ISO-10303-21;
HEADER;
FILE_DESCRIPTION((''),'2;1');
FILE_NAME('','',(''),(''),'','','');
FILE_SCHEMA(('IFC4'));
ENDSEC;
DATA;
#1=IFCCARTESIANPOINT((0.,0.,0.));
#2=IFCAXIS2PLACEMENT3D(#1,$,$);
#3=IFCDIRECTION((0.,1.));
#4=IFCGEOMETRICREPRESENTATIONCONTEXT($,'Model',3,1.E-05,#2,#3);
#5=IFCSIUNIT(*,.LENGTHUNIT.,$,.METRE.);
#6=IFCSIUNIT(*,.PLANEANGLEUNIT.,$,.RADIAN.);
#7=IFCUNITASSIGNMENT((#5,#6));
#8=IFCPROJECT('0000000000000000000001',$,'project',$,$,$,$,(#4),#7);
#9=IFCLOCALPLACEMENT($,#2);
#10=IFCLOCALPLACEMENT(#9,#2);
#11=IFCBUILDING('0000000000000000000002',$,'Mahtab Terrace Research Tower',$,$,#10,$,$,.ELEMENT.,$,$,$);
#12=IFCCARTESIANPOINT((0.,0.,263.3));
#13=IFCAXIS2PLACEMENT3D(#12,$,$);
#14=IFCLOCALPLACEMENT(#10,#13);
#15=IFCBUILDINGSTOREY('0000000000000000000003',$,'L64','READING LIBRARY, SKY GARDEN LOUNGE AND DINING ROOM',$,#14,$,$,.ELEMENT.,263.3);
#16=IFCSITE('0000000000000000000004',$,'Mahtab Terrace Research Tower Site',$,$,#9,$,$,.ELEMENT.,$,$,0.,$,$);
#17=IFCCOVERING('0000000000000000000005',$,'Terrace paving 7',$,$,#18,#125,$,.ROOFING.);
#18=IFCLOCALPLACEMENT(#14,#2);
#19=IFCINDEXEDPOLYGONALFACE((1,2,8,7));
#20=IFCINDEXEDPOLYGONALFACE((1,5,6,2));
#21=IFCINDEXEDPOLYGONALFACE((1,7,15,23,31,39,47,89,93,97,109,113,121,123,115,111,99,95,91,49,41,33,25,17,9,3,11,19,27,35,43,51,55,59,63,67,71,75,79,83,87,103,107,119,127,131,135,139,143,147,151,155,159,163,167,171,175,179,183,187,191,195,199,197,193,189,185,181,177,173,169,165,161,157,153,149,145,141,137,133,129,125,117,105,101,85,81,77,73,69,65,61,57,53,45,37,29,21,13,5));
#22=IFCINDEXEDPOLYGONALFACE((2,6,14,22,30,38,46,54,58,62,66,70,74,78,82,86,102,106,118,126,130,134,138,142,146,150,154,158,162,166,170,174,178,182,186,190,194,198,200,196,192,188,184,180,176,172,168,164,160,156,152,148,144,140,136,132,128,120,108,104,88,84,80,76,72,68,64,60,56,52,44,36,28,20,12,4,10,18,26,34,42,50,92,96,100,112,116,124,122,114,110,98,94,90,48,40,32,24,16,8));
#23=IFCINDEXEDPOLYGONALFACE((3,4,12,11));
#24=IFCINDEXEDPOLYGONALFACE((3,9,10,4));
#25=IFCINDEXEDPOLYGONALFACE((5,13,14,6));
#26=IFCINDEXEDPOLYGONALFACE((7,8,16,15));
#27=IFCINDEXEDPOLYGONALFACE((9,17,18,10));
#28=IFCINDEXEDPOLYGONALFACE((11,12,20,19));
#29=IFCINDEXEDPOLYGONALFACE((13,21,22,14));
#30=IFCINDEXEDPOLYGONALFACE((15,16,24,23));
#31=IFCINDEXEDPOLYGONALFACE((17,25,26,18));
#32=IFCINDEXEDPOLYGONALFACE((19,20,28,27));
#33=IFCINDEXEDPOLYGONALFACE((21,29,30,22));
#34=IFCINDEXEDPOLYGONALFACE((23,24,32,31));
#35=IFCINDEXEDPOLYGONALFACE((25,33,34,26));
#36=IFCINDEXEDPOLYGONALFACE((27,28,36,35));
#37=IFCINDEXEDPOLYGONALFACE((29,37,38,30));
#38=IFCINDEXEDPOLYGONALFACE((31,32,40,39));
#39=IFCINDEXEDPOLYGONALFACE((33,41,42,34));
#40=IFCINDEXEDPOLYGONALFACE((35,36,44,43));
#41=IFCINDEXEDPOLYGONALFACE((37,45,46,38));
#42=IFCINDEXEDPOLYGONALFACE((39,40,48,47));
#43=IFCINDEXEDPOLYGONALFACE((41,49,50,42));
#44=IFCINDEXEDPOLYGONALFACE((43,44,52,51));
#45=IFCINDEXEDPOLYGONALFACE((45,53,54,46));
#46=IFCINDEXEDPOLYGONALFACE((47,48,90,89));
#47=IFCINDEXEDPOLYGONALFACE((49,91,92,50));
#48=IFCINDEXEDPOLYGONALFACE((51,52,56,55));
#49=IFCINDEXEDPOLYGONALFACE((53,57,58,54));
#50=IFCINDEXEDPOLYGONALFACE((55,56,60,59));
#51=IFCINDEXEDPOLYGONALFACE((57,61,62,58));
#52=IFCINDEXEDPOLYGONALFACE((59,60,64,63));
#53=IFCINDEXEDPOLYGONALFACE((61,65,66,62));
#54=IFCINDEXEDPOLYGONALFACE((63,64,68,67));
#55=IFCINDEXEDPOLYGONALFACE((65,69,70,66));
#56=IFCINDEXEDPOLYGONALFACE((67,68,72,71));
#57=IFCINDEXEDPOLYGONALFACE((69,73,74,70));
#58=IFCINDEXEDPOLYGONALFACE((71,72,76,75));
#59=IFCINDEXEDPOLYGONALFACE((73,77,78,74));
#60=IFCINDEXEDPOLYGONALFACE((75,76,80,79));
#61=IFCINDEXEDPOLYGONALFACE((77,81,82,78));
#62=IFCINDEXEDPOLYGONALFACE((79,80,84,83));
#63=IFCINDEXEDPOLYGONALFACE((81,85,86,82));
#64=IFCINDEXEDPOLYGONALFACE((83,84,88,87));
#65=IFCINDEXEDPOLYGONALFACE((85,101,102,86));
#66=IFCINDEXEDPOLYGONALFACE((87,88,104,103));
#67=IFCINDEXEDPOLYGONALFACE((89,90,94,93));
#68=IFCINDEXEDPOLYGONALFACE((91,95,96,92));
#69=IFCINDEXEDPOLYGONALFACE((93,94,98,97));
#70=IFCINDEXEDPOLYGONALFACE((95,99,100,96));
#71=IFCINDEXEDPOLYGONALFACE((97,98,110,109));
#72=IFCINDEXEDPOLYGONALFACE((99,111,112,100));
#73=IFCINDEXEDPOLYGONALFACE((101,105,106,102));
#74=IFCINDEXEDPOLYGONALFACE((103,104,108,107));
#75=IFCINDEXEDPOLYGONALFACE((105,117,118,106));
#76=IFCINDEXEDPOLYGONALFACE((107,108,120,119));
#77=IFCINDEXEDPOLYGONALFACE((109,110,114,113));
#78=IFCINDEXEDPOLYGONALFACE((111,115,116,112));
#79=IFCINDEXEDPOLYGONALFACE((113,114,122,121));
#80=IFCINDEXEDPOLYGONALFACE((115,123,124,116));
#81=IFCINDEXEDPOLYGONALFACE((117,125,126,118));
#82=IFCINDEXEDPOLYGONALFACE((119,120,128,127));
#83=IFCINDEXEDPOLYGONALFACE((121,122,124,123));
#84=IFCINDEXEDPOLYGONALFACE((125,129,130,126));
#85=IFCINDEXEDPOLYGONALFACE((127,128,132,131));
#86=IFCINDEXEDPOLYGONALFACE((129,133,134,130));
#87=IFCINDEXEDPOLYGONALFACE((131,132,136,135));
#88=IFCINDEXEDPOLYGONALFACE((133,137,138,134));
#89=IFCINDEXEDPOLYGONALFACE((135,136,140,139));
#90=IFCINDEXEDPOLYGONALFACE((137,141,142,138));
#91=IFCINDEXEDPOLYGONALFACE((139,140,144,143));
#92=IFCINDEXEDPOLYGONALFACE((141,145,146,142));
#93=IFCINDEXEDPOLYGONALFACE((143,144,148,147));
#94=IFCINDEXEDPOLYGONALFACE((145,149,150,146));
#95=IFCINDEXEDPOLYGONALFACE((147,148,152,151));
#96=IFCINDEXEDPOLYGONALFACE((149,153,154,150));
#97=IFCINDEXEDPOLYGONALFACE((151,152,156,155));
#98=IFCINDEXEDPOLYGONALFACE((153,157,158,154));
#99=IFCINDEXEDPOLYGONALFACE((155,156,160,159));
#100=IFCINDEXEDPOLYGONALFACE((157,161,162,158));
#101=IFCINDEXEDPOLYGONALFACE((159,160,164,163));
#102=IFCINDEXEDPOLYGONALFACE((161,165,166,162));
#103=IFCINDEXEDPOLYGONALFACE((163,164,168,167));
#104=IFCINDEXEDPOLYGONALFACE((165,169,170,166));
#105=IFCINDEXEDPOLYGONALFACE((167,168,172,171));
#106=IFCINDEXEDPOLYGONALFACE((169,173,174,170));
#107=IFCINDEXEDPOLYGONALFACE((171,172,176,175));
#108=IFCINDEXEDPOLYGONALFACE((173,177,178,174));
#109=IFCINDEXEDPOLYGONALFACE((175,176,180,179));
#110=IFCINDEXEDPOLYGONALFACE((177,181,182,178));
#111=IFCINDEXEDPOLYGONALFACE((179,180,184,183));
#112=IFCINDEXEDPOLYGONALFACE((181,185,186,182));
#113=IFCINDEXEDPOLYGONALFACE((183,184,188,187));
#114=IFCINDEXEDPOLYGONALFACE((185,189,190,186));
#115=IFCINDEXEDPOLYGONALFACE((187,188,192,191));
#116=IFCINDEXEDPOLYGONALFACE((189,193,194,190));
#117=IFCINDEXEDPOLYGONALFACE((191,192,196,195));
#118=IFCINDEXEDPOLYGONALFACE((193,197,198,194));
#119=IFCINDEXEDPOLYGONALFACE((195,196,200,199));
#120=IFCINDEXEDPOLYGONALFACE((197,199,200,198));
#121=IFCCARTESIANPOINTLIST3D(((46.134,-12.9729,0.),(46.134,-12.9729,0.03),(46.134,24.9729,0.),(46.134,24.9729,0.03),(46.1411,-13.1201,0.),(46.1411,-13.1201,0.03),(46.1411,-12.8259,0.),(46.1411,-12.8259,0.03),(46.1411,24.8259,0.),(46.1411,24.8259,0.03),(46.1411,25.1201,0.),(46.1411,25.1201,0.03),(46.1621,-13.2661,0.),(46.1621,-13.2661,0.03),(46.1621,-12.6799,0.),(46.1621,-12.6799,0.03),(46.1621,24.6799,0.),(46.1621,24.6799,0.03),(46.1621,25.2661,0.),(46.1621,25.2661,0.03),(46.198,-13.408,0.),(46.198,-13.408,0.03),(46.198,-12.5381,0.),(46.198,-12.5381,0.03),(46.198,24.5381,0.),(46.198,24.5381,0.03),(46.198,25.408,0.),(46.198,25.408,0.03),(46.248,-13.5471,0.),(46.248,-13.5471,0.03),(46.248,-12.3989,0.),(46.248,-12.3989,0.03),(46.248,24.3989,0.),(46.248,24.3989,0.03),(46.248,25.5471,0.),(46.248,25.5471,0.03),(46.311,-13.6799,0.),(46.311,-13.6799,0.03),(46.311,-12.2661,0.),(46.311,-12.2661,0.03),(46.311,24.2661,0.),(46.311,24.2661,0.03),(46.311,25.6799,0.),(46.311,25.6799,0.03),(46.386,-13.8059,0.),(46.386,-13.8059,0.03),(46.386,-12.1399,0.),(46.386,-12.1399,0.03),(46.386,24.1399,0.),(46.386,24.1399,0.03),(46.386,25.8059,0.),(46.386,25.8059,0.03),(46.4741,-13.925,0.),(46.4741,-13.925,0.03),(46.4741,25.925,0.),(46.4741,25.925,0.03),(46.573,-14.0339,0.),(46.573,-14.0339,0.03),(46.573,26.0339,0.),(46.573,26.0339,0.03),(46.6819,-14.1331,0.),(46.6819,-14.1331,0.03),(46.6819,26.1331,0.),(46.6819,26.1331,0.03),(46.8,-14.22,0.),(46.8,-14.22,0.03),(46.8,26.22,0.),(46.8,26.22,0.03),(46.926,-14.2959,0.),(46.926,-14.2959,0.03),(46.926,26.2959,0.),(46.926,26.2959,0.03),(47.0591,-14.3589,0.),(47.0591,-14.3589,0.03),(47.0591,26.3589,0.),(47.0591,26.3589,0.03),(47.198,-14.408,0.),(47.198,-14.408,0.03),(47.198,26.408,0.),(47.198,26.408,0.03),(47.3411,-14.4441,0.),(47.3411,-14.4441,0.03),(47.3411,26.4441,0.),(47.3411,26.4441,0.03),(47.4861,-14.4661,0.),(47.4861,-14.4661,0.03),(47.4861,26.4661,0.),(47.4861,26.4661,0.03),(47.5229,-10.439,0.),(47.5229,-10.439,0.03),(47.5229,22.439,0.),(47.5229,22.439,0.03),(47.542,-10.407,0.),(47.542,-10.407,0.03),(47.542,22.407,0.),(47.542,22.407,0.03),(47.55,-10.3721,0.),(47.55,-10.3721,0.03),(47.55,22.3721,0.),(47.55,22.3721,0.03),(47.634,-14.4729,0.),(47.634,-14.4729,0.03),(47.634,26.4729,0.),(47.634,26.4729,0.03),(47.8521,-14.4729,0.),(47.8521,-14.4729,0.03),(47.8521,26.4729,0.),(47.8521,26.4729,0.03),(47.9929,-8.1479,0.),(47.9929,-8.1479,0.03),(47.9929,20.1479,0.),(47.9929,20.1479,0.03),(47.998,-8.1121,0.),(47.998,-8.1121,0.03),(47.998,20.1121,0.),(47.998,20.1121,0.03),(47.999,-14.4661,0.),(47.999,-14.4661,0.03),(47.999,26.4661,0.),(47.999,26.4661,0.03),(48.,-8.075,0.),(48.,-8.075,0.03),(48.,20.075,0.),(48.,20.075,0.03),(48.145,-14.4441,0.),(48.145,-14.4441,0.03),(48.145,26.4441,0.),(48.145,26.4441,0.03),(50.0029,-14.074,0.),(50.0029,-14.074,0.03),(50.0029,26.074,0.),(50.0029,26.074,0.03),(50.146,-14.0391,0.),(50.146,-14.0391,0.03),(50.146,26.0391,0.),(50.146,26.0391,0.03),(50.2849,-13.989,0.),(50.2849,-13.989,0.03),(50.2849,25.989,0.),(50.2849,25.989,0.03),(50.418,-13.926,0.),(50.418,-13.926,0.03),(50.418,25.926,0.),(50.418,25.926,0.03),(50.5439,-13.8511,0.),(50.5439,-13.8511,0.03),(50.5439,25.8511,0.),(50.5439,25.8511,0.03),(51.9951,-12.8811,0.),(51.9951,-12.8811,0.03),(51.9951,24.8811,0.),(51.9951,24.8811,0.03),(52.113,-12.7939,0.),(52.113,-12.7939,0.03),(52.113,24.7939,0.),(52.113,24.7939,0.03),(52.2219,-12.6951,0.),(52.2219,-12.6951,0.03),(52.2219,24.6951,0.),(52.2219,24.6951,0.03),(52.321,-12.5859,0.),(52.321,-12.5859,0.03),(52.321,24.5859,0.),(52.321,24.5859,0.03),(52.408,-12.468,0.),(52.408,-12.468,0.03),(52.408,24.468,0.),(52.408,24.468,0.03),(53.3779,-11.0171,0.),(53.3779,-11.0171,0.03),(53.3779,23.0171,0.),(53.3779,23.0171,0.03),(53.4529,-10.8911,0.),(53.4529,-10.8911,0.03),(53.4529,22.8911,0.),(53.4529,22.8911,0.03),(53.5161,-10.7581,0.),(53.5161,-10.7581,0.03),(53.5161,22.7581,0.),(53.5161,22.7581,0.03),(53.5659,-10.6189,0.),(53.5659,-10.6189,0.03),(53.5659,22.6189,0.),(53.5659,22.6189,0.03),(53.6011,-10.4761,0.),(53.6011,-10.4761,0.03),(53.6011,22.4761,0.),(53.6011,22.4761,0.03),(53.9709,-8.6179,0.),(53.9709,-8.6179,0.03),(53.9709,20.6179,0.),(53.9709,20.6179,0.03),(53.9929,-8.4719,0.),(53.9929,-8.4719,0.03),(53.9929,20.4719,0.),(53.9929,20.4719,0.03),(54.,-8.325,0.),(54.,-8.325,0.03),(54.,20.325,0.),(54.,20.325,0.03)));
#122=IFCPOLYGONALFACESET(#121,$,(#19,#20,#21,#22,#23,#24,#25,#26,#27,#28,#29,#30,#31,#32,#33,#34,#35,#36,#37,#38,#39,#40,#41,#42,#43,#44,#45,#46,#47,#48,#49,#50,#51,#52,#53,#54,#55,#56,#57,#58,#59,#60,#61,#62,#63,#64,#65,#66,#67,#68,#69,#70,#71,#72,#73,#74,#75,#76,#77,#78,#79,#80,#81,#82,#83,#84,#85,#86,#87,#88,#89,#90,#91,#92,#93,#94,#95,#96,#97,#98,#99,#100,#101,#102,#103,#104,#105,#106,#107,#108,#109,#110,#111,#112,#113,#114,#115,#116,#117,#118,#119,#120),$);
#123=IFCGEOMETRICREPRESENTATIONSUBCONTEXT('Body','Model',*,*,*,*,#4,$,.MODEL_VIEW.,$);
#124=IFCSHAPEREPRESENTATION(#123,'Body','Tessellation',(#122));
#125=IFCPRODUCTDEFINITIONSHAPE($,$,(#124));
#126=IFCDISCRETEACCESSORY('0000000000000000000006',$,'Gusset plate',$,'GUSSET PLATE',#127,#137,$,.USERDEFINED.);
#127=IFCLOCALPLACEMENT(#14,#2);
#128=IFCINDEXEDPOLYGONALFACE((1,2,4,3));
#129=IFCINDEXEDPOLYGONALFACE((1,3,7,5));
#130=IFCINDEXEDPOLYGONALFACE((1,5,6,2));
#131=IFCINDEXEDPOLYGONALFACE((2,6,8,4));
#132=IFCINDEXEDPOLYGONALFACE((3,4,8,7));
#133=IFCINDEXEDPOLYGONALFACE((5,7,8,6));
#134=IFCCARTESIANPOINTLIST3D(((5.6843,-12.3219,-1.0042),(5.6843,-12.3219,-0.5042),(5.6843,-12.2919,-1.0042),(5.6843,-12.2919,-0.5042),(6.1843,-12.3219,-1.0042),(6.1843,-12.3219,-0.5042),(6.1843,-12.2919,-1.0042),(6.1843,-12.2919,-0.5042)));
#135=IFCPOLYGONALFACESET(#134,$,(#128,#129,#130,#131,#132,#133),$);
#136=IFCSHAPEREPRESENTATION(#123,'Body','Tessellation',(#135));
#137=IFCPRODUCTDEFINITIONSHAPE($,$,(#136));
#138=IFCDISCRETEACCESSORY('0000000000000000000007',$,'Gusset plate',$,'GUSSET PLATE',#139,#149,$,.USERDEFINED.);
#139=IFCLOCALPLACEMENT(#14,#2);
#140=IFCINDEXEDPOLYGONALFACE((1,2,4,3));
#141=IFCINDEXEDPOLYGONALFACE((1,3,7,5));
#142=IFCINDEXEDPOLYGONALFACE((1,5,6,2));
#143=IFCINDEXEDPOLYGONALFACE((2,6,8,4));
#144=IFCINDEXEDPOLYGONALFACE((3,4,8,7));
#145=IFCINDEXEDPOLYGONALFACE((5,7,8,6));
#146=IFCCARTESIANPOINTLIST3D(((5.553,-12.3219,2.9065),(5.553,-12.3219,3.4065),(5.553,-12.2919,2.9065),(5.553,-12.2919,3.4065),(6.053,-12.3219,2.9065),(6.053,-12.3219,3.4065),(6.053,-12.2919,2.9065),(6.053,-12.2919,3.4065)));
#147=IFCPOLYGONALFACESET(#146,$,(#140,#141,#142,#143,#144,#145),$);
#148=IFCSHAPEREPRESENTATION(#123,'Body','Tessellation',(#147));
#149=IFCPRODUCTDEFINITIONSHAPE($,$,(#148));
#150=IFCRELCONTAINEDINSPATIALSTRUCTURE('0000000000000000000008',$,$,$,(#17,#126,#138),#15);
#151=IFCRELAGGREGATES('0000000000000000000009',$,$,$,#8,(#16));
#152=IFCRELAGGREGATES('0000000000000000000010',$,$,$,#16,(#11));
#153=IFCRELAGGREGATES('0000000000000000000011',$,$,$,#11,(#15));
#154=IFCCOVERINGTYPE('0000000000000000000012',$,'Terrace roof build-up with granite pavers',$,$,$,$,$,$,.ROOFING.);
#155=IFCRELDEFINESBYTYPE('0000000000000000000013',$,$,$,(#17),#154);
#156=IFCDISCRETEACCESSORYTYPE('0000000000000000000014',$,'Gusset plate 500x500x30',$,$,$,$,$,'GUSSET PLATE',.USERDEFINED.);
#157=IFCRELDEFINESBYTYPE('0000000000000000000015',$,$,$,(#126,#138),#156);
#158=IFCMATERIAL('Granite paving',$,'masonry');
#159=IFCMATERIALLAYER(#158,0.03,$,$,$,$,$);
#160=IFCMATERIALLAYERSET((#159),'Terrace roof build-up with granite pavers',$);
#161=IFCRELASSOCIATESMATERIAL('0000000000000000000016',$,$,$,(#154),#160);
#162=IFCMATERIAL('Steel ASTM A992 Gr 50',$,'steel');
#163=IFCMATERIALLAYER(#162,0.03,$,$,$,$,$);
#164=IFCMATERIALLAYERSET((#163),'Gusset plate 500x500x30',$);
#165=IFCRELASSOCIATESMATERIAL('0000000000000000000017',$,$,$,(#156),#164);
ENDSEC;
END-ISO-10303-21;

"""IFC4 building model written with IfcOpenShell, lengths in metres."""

from ifc_helpers import new_model, si_unit, direction, frame, origin, origin_2d, place, context, subcontext, project, spatial, polyline, rectangle, outline, extrude, material, layer, layer_set, type_object, element, save


model = new_model("IFC4")

# Units and contexts
model_context = context("Model", 3, precision=1e-05, world=origin(), true_north=direction((0.0, 1.0)))
body_context = subcontext(model_context, "Body", "Model", "MODEL_VIEW")
ifc_project = project(units=[si_unit("LENGTHUNIT", "METRE"), si_unit("PLANEANGLEUNIT", "RADIAN")], contexts=[model_context])

# Site, building, storey
site_placement = place(None, origin())
site = spatial("IfcSite", under=ifc_project, at=site_placement, Name="Mahtab Terrace Research Tower Site", CompositionType="ELEMENT", RefElevation=0.0)
building_placement = place(site_placement, origin())
building = spatial("IfcBuilding", under=site, at=building_placement, Name="Mahtab Terrace Research Tower", CompositionType="ELEMENT")
storey_placement = place(building_placement, frame((0.0, 0.0, 263.3)))
storey = spatial("IfcBuildingStorey", under=building, at=storey_placement, Name="L64", Description="READING LIBRARY, SKY GARDEN LOUNGE AND DINING ROOM", CompositionType="ELEMENT", Elevation=263.3)

# Covering
ifc_material_1 = material(Name="Granite paving", Category="masonry")
ifc_layer_1 = layer(ifc_material_1, 0.03)
ifc_layer_set_1 = layer_set([ifc_layer_1], Name="Terrace roof build-up with granite pavers")
covering_type_1 = type_object("IfcCoveringType", Name="Terrace roof build-up with granite pavers", PredefinedType="ROOFING", material=ifc_layer_set_1)
covering_1_placement = place(storey_placement, origin())
element("IfcCovering", 1, at=covering_1_placement, inside=storey, type_object=covering_type_1, Name="Terrace paving 7", PredefinedType="ROOFING", context=body_context, shape_type="SweptSolid", body=[
    extrude(outline(polyline([(47.5229, 22.439), (47.542, 22.407), (47.55, 22.3721), (47.9929, 20.1479), (47.998, 20.1121), (48.0, 20.075), (48.0, -8.075), (47.998, -8.1121), (47.9929, -8.1479), (47.55, -10.3721), (47.542, -10.407), (47.5229, -10.439), (46.386, -12.1399), (46.311, -12.2661), (46.248, -12.3989), (46.198, -12.5381), (46.1621, -12.6799), (46.1411, -12.8259), (46.134, -12.9729), (46.1411, -13.1201), (46.1621, -13.2661), (46.198, -13.408), (46.248, -13.5471), (46.311, -13.6799), (46.386, -13.8059), (46.4741, -13.925), (46.573, -14.0339), (46.6819, -14.1331), (46.8, -14.22), (46.926, -14.2959), (47.0591, -14.3589), (47.198, -14.408), (47.3411, -14.4441), (47.4861, -14.4661), (47.634, -14.4729), (47.8521, -14.4729), (47.999, -14.4661), (48.145, -14.4441), (50.0029, -14.074), (50.146, -14.0391), (50.2849, -13.989), (50.418, -13.926), (50.5439, -13.8511), (51.9951, -12.8811), (52.113, -12.7939), (52.2219, -12.6951), (52.321, -12.5859), (52.408, -12.468), (53.3779, -11.0171), (53.4529, -10.8911), (53.5161, -10.7581), (53.5659, -10.6189), (53.6011, -10.4761), (53.9709, -8.6179), (53.9929, -8.4719), (54.0, -8.325), (54.0, 20.325), (53.9929, 20.4719), (53.9709, 20.6179), (53.6011, 22.4761), (53.5659, 22.6189), (53.5161, 22.7581), (53.4529, 22.8911), (53.3779, 23.0171), (52.408, 24.468), (52.321, 24.5859), (52.2219, 24.6951), (52.113, 24.7939), (51.9951, 24.8811), (50.5439, 25.8511), (50.418, 25.926), (50.2849, 25.989), (50.146, 26.0391), (50.0029, 26.074), (48.145, 26.4441), (47.999, 26.4661), (47.8521, 26.4729), (47.634, 26.4729), (47.4861, 26.4661), (47.3411, 26.4441), (47.198, 26.408), (47.0591, 26.3589), (46.926, 26.2959), (46.8, 26.22), (46.6819, 26.1331), (46.573, 26.0339), (46.4741, 25.925), (46.386, 25.8059), (46.311, 25.6799), (46.248, 25.5471), (46.198, 25.408), (46.1621, 25.2661), (46.1411, 25.1201), (46.134, 24.9729), (46.1411, 24.8259), (46.1621, 24.6799), (46.198, 24.5381), (46.248, 24.3989), (46.311, 24.2661), (46.386, 24.1399), (47.5229, 22.439)])), origin(), (0.0, 0.0, 1.0), 0.03),
])

# Discrete accessories
ifc_material_2 = material(Name="Steel ASTM A992 Gr 50", Category="steel")
ifc_layer_2 = layer(ifc_material_2, 0.03)
ifc_layer_set_2 = layer_set([ifc_layer_2], Name="Gusset plate 500x500x30")
discrete_accessory_type = type_object("IfcDiscreteAccessoryType", Name="Gusset plate 500x500x30", ElementType="GUSSET PLATE", PredefinedType="USERDEFINED", material=ifc_layer_set_2)
for number, where, z_axis, x_axis, name in (
    (2, (5.9343, -12.3069, -1.0042), (0.0, 0.0, 1.0), (1.0, 0.0, 0.0), "Gusset plate"),
    (3, (5.803, -12.3069, 2.9065), (0.0, 0.0, 1.0), (1.0, 0.0, 0.0), "Gusset plate"),
):
    element("IfcDiscreteAccessory", number, at=place(storey_placement, frame(where, z_axis=z_axis, x_axis=x_axis)), inside=storey, type_object=discrete_accessory_type, Name=name, ObjectType="GUSSET PLATE", PredefinedType="USERDEFINED", context=body_context, shape_type="SweptSolid", body=[
        extrude(rectangle(XDim=0.5, YDim=0.03, at=origin_2d()), origin(), (0.0, 0.0, 1.0), 0.5),
    ])

save(model, "model.ifc")
